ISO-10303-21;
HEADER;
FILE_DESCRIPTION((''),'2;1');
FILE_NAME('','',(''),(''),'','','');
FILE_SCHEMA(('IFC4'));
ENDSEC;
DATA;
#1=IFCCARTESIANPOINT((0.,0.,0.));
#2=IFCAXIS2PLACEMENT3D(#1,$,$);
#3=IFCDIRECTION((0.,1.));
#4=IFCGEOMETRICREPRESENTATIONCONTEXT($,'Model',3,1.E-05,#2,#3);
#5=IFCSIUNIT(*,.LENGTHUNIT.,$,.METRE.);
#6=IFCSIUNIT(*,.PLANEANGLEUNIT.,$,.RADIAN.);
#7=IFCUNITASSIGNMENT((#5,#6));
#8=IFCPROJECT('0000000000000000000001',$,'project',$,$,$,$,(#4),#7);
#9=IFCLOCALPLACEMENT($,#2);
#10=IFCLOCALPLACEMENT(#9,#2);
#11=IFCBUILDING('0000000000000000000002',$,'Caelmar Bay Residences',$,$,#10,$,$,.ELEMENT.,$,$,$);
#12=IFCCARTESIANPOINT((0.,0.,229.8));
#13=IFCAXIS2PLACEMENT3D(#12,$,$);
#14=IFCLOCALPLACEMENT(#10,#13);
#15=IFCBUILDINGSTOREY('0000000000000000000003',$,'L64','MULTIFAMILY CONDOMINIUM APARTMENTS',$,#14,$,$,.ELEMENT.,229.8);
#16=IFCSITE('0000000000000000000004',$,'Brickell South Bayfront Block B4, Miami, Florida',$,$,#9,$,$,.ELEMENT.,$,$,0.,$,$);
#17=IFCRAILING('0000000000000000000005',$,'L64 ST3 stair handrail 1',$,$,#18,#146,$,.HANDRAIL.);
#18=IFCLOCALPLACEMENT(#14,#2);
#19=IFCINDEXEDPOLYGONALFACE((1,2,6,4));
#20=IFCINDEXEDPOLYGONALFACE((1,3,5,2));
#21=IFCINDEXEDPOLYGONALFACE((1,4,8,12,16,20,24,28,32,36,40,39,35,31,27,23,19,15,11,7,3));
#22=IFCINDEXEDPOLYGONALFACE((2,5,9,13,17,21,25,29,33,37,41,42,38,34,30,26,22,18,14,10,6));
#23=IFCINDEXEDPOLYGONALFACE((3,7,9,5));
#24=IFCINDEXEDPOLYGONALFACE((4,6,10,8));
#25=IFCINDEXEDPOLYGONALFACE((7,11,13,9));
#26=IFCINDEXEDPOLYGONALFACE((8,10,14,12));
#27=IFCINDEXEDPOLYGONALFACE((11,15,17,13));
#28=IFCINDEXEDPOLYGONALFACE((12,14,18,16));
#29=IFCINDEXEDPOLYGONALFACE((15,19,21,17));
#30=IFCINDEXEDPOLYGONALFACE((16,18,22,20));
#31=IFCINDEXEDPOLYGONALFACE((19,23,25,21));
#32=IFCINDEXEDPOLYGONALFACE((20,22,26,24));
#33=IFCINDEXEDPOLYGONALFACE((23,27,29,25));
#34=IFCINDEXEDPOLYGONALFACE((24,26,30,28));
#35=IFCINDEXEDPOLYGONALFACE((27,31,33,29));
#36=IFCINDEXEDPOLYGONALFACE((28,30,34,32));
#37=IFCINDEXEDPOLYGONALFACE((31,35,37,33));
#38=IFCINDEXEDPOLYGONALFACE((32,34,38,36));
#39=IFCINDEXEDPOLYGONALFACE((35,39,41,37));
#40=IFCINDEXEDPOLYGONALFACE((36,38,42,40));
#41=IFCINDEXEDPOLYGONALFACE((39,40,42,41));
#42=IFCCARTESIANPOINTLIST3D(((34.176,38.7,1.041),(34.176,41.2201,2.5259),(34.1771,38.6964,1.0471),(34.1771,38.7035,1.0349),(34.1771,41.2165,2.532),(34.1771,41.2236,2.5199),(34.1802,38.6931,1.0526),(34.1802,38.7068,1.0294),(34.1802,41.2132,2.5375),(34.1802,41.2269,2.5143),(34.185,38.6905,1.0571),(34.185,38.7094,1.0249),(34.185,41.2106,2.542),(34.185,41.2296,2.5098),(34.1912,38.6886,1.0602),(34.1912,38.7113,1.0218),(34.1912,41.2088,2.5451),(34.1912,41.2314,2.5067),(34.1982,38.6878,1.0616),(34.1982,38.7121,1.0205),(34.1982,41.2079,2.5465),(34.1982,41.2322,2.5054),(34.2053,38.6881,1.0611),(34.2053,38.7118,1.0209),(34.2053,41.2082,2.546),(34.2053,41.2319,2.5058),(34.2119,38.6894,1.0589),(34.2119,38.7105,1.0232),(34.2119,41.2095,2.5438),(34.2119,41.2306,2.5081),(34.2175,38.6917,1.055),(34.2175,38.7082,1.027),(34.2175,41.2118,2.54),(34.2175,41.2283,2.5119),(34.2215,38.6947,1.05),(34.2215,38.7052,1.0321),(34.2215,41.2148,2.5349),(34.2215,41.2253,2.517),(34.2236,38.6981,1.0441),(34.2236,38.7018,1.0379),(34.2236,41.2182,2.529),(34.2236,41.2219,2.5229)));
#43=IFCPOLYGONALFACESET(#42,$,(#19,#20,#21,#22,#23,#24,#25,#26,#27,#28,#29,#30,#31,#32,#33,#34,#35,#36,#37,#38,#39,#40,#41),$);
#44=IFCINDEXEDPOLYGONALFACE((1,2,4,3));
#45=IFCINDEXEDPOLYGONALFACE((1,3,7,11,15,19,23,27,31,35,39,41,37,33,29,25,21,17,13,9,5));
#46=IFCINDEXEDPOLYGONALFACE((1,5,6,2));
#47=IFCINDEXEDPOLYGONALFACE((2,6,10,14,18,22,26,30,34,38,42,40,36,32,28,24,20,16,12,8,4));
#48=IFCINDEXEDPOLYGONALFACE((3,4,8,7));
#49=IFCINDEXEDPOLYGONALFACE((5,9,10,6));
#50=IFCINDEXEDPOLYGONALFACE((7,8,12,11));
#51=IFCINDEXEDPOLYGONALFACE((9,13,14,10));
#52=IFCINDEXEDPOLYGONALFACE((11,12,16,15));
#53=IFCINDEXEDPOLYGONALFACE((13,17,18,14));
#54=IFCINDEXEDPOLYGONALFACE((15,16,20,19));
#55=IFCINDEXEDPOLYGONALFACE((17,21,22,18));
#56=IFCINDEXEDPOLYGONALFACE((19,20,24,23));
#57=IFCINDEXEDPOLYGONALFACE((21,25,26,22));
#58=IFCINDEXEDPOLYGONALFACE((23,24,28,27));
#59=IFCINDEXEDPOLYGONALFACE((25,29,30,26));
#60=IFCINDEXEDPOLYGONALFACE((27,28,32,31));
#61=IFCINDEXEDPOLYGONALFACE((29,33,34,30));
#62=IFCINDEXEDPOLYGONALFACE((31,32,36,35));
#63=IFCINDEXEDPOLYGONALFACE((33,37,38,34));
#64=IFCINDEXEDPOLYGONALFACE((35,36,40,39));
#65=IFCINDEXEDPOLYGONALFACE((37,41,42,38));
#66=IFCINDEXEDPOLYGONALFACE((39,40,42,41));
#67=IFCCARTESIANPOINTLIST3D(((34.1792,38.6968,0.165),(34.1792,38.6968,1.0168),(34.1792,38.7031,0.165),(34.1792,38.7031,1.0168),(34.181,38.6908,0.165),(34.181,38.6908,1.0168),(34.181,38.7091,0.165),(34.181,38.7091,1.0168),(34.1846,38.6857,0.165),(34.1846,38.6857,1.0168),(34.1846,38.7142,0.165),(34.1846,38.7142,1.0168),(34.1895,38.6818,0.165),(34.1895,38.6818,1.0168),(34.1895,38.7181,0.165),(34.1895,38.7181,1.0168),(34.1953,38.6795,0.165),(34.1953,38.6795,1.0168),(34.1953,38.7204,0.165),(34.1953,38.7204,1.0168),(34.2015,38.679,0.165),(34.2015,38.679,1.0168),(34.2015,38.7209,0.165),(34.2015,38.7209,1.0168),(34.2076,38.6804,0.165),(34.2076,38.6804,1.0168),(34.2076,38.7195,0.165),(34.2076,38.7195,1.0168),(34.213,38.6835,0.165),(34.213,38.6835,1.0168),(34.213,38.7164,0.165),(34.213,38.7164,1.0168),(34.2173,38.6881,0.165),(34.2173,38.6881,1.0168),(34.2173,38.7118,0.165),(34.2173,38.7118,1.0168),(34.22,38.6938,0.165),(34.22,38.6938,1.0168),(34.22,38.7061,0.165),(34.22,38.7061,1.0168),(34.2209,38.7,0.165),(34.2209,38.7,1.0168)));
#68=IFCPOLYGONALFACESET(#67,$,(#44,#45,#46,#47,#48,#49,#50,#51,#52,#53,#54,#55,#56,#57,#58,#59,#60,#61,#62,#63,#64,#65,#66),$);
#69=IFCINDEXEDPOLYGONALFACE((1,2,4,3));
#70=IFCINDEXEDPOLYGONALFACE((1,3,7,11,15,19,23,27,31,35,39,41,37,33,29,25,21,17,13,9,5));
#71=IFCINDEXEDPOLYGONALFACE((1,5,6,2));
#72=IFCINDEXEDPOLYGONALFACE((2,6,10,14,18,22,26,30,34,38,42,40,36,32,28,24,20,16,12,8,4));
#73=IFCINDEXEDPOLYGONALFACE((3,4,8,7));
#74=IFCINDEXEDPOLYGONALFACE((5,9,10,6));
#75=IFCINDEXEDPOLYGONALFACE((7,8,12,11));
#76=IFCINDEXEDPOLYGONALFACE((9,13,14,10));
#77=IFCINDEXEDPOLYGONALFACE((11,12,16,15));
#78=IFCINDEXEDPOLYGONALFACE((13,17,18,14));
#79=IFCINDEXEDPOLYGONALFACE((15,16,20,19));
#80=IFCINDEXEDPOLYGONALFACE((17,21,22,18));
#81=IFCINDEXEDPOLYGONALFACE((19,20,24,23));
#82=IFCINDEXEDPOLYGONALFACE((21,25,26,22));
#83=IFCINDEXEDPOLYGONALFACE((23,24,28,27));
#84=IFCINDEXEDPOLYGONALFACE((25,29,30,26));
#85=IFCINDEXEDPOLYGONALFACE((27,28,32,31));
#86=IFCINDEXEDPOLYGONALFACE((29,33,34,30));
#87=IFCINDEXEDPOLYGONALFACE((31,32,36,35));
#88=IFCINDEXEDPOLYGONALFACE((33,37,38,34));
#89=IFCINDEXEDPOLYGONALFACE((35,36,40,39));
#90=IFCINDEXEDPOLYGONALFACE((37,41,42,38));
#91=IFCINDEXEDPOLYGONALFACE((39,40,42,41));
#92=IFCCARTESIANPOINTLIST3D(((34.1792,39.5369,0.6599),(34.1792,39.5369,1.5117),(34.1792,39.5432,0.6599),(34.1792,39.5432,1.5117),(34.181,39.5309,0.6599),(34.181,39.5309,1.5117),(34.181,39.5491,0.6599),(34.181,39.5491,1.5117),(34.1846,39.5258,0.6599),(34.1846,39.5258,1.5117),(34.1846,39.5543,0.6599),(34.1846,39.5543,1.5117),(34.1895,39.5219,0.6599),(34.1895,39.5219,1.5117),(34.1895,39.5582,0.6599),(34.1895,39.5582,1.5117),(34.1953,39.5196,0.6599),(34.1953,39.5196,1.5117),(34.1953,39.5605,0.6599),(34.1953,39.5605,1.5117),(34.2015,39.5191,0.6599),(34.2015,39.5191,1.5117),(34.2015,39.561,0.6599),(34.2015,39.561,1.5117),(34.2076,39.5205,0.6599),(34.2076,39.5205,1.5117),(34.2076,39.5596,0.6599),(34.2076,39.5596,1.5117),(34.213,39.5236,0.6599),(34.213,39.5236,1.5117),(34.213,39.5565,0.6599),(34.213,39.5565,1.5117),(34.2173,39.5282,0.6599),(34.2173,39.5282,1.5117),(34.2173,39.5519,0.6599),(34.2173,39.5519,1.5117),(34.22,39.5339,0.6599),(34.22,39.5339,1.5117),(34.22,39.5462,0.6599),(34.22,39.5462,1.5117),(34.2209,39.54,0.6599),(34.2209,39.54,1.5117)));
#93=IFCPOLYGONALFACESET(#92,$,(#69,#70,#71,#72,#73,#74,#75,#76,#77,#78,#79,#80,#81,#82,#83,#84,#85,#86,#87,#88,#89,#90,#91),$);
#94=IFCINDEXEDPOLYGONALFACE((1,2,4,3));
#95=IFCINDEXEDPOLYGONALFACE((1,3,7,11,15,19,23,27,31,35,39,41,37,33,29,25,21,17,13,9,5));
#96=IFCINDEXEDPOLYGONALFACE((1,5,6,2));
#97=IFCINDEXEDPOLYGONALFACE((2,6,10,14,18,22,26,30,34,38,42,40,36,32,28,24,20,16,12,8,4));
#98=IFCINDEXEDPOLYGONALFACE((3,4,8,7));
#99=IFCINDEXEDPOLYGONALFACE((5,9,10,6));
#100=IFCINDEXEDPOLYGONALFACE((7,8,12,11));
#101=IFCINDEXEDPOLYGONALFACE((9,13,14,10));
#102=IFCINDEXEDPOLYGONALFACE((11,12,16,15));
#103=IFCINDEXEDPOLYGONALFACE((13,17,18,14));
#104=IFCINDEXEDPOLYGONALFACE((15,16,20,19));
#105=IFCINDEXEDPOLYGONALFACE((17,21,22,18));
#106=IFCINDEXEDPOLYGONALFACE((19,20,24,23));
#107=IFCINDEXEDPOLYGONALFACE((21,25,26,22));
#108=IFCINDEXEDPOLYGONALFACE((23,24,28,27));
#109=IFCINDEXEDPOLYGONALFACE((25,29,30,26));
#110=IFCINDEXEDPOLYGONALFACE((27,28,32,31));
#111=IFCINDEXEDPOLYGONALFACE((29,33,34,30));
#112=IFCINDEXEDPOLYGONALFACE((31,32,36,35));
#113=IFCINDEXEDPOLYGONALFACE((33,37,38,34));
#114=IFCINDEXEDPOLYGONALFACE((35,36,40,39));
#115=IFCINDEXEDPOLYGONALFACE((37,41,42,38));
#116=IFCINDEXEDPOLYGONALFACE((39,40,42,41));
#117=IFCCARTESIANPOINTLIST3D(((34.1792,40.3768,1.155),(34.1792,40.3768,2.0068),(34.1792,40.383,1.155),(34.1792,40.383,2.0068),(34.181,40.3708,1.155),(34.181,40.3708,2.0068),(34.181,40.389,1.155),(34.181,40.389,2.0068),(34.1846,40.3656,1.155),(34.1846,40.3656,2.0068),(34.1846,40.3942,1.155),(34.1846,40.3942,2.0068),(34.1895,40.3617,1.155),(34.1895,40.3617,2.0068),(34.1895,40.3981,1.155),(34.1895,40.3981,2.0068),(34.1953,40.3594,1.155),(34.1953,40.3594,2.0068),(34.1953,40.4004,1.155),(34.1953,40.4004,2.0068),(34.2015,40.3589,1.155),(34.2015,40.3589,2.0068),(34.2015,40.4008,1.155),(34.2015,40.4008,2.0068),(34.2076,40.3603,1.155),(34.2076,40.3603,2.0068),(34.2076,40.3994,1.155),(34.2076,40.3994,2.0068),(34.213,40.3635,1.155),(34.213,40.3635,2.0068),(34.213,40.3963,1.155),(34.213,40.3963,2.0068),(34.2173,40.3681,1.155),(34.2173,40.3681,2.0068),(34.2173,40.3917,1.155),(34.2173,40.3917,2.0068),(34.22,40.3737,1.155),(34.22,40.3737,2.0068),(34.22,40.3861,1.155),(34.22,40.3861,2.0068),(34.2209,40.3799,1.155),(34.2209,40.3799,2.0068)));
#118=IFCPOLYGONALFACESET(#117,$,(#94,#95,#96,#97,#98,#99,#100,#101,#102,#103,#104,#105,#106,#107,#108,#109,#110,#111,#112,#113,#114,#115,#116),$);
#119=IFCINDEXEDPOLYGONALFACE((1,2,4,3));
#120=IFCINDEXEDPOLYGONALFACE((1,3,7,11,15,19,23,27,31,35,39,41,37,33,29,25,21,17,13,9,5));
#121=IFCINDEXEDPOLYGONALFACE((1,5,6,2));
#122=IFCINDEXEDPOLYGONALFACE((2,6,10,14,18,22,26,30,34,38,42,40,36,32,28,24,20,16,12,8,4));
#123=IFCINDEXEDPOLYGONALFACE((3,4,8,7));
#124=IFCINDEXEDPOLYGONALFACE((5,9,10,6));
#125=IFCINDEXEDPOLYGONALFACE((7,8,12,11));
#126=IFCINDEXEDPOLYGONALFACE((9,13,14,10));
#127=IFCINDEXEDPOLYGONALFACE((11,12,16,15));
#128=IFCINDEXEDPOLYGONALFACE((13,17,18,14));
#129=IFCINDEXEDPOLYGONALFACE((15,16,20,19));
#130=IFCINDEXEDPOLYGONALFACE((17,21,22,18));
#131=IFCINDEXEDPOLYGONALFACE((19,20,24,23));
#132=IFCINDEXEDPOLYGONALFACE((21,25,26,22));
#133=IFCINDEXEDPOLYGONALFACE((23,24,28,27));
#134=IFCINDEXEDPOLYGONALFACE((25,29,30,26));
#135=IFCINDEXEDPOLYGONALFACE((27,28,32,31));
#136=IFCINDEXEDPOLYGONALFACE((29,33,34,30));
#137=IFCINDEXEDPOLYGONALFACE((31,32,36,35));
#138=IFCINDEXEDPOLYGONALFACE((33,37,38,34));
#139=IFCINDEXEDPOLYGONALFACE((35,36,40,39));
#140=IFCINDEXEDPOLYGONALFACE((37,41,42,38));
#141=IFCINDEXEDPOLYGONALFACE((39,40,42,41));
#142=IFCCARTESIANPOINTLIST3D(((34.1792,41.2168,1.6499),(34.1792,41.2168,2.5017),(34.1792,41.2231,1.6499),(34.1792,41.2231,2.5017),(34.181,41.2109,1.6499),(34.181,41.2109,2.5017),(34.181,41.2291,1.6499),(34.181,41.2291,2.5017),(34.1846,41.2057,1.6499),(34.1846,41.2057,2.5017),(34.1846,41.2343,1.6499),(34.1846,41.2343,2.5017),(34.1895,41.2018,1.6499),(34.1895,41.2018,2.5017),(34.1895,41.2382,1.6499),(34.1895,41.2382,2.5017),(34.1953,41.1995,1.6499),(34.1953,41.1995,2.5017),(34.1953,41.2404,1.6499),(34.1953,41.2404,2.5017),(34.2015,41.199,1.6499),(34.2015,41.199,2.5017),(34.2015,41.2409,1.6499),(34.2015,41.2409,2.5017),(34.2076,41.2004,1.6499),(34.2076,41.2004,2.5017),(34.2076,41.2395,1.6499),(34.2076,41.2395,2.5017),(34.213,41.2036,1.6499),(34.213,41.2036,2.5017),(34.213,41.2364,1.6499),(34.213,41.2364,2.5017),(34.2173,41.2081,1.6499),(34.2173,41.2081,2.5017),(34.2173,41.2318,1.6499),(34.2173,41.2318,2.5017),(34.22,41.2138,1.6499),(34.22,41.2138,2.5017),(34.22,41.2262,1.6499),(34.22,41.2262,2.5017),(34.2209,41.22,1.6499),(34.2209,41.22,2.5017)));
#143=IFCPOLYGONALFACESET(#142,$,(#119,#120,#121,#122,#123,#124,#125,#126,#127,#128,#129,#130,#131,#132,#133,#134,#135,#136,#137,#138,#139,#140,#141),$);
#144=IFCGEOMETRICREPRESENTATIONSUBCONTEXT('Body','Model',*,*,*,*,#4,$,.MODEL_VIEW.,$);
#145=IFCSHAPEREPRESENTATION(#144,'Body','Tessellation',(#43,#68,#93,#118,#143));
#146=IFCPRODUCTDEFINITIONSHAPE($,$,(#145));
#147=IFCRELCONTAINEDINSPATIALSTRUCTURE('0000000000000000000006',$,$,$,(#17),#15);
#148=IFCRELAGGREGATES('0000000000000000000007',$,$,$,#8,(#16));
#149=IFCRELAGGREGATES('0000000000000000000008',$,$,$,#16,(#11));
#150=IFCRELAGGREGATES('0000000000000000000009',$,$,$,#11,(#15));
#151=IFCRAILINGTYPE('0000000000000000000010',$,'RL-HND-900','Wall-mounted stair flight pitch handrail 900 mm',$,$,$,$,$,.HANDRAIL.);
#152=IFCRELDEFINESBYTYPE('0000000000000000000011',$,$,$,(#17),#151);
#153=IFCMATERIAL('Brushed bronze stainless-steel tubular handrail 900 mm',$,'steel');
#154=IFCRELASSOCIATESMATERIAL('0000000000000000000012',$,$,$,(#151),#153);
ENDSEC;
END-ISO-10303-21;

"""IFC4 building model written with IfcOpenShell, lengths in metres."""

from ifc_helpers import new_model, si_unit, direction, frame, origin, origin_2d, place, context, subcontext, project, spatial, circle, extrude, material, type_object, element, save


model = new_model("IFC4")

# Units and contexts
model_context = context("Model", 3, precision=1e-05, world=origin(), true_north=direction((0.0, 1.0)))
body_context = subcontext(model_context, "Body", "Model", "MODEL_VIEW")
ifc_project = project(units=[si_unit("LENGTHUNIT", "METRE"), si_unit("PLANEANGLEUNIT", "RADIAN")], contexts=[model_context])

# Site, building, storey
site_placement = place(None, origin())
site = spatial("IfcSite", under=ifc_project, at=site_placement, Name="Brickell South Bayfront Block B4, Miami, Florida", CompositionType="ELEMENT", RefElevation=0.0)
building_placement = place(site_placement, origin())
building = spatial("IfcBuilding", under=site, at=building_placement, Name="Caelmar Bay Residences", CompositionType="ELEMENT")
storey_placement = place(building_placement, frame((0.0, 0.0, 229.8)))
storey = spatial("IfcBuildingStorey", under=building, at=storey_placement, Name="L64", Description="MULTIFAMILY CONDOMINIUM APARTMENTS", CompositionType="ELEMENT", Elevation=229.8)

# Railing
ifc_material_1 = material(Name="Brushed bronze stainless-steel tubular handrail 900 mm", Category="steel")
railing_type_1 = type_object("IfcRailingType", Name="RL-HND-900", Description="Wall-mounted stair flight pitch handrail 900 mm", PredefinedType="HANDRAIL", material=ifc_material_1)
railing_1_placement = place(storey_placement, frame((34.2, 38.7, 0.165)))
element("IfcRailing", 1, at=railing_1_placement, inside=storey, type_object=railing_type_1, Name="L64 ST3 stair handrail 1", PredefinedType="HANDRAIL", context=body_context, shape_type="SweptSolid", body=[
    extrude(circle(Radius=0.0239, at=origin_2d()), frame((0.0, 0.0, 0.876), z_axis=(0.0, 0.861561, 0.507655), x_axis=(-1.0, 0.0, 0.0)), (0.0, 0.0, 1.0), 2.925),
    extrude(circle(Radius=0.021, at=origin_2d()), origin(), (0.0, 0.0, 1.0), 0.8518),
    extrude(circle(Radius=0.021, at=origin_2d()), frame((0.0, 0.8401, 0.4949)), (0.0, 0.0, 1.0), 0.8518),
    extrude(circle(Radius=0.021, at=origin_2d()), frame((0.0, 1.6799, 0.99)), (0.0, 0.0, 1.0), 0.8518),
    extrude(circle(Radius=0.021, at=origin_2d()), frame((0.0, 2.52, 1.4849)), (0.0, 0.0, 1.0), 0.8518),
])

save(model, "model.ifc")
